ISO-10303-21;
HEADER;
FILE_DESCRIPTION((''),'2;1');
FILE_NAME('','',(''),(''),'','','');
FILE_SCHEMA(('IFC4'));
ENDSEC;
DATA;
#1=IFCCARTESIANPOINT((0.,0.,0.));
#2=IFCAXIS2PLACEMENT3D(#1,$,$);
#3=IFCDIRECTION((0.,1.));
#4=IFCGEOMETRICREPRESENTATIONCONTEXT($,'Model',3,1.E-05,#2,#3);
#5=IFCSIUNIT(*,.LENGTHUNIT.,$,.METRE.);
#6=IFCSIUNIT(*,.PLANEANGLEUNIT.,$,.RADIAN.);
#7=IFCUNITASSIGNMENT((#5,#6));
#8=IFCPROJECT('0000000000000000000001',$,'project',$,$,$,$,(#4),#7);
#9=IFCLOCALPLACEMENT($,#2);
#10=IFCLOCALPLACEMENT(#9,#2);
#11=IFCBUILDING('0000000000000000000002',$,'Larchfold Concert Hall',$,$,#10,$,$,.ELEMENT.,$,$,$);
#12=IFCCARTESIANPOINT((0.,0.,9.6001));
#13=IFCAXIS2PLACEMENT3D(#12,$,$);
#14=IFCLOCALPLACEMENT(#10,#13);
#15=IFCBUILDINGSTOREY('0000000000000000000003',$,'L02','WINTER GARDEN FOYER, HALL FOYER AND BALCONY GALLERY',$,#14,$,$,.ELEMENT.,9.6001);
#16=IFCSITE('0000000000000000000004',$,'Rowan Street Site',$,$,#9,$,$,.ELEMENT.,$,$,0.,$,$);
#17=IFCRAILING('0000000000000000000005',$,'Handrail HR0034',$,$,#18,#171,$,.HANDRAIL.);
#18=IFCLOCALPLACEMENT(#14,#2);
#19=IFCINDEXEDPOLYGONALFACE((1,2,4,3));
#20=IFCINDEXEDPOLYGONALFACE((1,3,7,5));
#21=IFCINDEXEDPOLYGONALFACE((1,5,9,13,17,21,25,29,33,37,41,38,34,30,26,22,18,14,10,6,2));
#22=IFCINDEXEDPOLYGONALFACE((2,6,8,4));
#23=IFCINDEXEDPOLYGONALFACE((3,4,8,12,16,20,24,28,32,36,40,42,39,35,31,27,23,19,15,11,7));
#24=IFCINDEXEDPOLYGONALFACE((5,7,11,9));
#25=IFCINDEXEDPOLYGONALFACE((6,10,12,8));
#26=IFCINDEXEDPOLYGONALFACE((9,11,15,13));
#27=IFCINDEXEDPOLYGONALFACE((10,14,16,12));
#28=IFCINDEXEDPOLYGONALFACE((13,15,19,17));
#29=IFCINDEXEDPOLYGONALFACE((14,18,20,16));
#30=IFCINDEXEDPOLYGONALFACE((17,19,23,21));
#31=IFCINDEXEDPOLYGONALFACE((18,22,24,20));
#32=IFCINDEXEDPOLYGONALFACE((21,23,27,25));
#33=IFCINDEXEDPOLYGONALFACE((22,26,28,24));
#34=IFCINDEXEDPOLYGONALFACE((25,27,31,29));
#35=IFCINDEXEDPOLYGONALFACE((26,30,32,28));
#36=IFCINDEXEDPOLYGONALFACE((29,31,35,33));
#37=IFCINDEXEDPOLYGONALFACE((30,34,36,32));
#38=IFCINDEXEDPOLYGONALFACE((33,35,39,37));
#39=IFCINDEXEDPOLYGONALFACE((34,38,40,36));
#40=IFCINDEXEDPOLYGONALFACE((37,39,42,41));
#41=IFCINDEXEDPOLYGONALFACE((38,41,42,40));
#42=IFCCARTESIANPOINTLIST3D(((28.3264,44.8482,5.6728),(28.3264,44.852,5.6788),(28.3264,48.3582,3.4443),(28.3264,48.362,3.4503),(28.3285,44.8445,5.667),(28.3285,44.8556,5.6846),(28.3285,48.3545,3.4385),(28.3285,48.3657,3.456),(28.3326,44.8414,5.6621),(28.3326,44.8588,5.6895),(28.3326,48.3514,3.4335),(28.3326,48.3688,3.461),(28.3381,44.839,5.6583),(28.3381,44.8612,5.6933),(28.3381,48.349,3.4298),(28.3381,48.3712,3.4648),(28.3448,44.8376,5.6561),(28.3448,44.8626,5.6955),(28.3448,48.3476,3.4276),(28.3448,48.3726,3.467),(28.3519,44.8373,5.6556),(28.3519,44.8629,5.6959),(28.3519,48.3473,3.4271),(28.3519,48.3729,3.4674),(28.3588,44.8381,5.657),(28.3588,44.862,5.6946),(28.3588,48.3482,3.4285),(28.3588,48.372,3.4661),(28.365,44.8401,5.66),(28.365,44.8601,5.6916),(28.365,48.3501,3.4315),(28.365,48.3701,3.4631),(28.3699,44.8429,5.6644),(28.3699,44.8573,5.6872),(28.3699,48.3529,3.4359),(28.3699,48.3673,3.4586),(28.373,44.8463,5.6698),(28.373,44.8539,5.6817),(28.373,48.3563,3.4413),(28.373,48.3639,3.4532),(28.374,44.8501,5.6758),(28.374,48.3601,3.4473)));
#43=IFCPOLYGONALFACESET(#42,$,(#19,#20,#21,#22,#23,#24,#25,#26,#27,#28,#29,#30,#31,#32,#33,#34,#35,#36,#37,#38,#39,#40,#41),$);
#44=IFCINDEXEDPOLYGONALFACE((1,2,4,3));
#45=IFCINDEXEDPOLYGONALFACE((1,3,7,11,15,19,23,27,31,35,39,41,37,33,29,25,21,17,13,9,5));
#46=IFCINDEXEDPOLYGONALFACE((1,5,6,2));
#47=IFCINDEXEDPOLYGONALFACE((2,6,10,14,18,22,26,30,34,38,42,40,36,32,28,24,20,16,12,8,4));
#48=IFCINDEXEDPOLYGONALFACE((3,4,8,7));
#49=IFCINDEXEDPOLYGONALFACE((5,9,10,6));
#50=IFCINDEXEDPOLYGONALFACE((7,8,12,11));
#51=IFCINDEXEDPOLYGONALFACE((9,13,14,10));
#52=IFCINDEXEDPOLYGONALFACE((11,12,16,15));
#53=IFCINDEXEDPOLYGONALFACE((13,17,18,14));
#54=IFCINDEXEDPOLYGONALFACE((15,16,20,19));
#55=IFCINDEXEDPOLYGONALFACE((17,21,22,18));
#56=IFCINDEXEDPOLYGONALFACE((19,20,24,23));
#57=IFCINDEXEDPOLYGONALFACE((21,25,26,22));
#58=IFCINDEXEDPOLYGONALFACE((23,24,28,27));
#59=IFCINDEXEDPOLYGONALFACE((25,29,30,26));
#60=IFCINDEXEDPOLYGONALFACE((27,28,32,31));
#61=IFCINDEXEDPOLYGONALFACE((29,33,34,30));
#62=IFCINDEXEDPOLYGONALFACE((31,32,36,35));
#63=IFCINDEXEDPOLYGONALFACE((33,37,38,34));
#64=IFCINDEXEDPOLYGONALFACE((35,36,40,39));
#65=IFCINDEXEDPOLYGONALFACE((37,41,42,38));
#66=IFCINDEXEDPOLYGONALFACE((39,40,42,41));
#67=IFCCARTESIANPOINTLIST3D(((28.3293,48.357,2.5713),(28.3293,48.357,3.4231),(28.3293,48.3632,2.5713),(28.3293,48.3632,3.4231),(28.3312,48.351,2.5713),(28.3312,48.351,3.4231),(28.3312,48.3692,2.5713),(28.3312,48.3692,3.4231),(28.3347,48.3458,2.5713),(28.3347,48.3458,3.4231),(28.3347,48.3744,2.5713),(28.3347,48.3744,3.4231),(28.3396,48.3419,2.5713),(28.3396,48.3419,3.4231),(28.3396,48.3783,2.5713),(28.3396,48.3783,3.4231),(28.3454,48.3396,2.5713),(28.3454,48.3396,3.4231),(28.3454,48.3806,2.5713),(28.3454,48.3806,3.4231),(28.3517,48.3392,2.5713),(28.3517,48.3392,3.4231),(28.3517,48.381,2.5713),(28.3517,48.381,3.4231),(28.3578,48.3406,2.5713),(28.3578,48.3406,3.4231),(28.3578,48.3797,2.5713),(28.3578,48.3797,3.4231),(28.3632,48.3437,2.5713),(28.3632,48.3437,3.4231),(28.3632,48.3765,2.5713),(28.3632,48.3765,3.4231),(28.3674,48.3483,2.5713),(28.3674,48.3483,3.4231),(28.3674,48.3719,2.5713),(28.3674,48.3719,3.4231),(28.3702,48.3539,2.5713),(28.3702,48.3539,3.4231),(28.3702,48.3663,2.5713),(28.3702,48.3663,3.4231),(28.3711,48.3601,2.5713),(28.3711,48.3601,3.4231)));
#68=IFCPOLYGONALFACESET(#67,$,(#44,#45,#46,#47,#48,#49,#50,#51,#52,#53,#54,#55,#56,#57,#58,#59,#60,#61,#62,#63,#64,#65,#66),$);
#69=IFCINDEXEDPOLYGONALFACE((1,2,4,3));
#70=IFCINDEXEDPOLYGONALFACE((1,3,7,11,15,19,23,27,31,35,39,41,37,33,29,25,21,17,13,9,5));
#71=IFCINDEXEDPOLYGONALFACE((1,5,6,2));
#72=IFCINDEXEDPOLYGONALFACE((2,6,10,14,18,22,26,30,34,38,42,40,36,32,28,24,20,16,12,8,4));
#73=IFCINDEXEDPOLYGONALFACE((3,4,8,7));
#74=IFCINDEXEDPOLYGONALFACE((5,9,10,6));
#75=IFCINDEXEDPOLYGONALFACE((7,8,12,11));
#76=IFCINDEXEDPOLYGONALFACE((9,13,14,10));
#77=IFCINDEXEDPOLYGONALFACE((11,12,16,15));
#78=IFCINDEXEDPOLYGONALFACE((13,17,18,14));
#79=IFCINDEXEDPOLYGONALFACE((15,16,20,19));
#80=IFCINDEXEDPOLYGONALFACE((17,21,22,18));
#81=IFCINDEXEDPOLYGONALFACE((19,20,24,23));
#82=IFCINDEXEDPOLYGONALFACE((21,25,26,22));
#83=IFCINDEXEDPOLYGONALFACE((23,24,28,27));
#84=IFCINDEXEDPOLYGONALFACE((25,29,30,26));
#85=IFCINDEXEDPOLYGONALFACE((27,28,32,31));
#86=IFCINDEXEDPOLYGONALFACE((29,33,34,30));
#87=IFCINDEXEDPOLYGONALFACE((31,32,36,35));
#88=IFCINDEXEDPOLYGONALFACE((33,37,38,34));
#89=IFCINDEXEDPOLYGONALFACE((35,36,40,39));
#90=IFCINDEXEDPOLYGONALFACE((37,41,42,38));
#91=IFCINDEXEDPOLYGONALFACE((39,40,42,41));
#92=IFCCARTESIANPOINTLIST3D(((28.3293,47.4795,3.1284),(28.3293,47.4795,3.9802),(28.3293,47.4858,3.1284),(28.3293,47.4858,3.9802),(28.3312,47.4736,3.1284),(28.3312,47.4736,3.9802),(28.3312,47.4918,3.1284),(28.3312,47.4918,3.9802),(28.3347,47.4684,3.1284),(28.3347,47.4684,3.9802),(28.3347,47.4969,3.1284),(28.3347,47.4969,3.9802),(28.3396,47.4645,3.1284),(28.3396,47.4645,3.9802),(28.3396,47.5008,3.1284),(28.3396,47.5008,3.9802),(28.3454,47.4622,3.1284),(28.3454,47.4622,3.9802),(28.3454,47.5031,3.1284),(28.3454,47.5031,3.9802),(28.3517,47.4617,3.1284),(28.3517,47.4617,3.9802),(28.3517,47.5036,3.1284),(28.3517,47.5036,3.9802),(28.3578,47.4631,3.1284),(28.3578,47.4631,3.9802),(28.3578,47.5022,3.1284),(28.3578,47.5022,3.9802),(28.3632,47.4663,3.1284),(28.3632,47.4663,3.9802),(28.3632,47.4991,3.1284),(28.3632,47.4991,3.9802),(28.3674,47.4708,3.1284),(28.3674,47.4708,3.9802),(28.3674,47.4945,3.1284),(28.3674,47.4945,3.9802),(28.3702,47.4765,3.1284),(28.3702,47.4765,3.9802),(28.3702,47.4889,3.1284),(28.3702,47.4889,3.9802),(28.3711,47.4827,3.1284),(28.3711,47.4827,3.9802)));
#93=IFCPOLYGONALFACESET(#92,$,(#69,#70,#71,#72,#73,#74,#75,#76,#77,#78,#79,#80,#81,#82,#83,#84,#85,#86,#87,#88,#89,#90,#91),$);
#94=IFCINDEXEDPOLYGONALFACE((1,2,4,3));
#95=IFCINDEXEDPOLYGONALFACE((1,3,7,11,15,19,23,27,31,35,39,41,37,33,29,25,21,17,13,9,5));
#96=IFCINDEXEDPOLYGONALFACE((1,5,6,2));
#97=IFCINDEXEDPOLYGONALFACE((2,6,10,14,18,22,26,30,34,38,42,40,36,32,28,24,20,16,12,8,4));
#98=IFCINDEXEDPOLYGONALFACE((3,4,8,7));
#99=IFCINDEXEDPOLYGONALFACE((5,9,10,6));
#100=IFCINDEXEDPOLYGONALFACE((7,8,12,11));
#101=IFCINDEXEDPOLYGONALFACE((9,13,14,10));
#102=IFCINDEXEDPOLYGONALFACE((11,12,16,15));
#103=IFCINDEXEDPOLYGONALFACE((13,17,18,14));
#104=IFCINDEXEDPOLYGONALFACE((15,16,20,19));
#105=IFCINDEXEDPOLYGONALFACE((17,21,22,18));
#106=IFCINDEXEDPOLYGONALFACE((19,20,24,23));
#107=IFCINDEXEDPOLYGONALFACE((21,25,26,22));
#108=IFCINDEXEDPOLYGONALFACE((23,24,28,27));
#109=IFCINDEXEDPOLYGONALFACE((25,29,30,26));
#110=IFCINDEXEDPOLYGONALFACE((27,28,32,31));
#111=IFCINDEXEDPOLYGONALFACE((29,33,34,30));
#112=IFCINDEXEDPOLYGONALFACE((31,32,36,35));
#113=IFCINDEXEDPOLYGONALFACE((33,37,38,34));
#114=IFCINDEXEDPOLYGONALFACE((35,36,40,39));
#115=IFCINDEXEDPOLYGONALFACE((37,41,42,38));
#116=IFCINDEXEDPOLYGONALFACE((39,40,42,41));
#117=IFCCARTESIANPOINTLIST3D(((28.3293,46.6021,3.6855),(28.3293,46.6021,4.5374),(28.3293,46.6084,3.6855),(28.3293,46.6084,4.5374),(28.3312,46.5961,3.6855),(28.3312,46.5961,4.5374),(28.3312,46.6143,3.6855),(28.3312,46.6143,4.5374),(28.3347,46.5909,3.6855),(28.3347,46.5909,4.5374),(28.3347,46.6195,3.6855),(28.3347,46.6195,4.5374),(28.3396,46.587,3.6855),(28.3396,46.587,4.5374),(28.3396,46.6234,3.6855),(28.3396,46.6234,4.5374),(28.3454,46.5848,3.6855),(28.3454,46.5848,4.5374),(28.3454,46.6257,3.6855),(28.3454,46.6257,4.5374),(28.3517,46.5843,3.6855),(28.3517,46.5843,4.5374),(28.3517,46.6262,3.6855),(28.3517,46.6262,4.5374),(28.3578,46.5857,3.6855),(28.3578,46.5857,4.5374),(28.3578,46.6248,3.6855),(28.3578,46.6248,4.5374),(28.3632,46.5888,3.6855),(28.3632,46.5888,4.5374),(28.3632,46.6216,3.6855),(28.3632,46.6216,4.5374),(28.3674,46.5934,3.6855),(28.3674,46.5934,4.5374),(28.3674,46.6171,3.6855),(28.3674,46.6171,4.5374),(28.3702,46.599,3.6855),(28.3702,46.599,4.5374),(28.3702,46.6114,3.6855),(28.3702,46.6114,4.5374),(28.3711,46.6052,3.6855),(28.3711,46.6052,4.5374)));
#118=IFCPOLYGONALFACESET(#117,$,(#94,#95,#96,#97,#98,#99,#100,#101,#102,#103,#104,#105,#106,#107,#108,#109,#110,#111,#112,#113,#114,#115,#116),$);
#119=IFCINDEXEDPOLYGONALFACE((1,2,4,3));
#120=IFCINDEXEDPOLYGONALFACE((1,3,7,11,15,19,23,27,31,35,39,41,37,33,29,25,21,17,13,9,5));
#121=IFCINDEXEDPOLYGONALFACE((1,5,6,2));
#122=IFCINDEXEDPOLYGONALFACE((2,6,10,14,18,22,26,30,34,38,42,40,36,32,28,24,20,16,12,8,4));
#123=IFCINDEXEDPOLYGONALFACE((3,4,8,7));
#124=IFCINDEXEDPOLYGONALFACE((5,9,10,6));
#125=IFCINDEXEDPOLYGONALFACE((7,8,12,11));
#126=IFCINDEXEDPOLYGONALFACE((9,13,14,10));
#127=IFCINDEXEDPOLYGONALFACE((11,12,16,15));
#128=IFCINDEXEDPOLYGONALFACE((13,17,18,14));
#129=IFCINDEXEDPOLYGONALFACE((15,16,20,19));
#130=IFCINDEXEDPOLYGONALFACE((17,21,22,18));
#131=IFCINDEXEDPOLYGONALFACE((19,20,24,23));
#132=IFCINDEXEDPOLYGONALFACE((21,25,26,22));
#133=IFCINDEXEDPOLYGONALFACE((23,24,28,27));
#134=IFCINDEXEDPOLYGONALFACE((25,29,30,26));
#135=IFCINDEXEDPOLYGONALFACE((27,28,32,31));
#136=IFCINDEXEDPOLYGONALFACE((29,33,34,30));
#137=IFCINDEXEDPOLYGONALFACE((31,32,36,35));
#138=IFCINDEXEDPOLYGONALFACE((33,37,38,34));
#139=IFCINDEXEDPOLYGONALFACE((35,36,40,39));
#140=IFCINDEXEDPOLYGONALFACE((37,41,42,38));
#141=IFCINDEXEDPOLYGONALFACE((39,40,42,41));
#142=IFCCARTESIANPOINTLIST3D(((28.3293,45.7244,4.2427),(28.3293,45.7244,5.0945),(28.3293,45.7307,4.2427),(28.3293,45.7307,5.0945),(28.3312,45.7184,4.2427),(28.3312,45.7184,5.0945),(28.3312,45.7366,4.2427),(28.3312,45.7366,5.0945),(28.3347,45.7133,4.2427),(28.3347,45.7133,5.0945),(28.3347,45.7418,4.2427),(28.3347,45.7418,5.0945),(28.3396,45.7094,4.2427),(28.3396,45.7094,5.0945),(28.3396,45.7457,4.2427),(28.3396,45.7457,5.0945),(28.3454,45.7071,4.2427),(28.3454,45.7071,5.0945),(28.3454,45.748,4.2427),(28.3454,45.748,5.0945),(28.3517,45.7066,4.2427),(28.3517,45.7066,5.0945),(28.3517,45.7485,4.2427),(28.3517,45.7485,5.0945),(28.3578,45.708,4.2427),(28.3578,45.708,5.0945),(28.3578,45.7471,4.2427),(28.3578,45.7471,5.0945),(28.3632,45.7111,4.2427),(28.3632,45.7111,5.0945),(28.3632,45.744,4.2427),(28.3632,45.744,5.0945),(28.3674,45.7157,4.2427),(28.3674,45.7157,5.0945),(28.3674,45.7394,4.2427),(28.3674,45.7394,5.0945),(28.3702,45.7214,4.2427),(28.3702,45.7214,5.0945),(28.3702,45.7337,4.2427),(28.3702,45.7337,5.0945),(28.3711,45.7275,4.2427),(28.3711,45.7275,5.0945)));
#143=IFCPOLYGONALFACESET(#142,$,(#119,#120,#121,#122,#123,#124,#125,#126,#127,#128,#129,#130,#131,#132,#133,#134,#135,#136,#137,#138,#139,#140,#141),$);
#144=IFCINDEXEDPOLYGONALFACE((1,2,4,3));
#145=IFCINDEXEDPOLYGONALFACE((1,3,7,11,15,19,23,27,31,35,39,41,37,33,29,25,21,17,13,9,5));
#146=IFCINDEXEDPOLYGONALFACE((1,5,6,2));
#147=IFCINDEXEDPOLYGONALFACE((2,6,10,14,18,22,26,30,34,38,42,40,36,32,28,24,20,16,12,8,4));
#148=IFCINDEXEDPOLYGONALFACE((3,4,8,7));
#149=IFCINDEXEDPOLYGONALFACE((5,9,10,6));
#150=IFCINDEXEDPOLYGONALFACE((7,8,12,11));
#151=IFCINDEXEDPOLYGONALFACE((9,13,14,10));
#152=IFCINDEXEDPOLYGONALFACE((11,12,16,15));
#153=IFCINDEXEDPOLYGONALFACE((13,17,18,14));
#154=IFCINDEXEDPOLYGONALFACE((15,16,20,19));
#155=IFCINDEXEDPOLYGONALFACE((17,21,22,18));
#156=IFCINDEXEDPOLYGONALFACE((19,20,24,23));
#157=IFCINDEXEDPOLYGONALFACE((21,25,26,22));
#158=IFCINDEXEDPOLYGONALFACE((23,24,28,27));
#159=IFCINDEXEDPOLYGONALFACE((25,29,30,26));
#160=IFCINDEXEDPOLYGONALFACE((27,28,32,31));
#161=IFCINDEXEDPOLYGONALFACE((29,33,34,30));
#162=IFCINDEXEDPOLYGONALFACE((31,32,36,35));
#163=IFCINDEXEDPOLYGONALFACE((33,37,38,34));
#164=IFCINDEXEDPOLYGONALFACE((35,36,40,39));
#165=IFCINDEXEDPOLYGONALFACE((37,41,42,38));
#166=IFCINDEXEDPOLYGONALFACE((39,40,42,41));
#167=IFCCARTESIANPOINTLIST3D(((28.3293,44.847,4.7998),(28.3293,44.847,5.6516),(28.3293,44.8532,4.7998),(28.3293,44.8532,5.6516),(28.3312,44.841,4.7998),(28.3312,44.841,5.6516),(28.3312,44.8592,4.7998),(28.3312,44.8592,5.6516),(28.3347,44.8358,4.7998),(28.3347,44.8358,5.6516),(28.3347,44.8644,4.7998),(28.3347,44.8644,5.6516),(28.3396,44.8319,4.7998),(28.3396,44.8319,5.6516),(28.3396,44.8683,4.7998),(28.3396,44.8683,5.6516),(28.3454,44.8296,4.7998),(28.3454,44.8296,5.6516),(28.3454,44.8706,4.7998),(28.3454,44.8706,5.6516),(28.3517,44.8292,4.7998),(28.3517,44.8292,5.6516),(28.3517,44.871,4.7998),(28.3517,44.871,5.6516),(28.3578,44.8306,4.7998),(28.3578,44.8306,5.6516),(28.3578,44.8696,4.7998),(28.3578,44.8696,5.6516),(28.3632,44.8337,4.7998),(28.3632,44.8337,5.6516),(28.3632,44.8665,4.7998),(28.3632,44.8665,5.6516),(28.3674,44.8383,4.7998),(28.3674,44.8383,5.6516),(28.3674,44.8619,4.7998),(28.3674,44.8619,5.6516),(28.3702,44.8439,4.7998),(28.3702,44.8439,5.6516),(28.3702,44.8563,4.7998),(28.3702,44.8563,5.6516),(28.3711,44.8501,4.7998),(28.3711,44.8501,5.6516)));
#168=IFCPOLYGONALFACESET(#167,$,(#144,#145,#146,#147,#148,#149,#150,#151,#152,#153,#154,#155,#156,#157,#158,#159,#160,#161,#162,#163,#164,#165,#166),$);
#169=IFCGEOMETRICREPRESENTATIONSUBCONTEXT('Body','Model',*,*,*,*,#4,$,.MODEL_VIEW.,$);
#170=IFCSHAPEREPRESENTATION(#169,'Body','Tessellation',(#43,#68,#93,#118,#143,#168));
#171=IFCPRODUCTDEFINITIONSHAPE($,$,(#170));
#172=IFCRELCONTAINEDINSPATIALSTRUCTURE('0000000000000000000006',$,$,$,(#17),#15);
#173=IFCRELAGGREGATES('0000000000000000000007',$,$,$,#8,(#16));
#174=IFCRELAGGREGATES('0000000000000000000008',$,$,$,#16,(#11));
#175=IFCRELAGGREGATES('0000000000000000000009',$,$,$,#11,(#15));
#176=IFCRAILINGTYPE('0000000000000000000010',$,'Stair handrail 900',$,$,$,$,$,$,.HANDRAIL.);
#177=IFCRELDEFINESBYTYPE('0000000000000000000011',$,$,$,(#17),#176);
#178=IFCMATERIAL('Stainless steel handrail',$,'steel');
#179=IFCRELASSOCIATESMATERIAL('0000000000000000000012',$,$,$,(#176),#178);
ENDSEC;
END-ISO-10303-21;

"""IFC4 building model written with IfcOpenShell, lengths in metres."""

from ifc_helpers import new_model, si_unit, direction, frame, origin, origin_2d, place, context, subcontext, project, spatial, circle, extrude, material, type_object, element, save


model = new_model("IFC4")

# Units and contexts
model_context = context("Model", 3, precision=1e-05, world=origin(), true_north=direction((0.0, 1.0)))
body_context = subcontext(model_context, "Body", "Model", "MODEL_VIEW")
ifc_project = project(units=[si_unit("LENGTHUNIT", "METRE"), si_unit("PLANEANGLEUNIT", "RADIAN")], contexts=[model_context])

# Site, building, storey
site_placement = place(None, origin())
site = spatial("IfcSite", under=ifc_project, at=site_placement, Name="Rowan Street Site", CompositionType="ELEMENT", RefElevation=0.0)
building_placement = place(site_placement, origin())
building = spatial("IfcBuilding", under=site, at=building_placement, Name="Larchfold Concert Hall", CompositionType="ELEMENT")
storey_placement = place(building_placement, frame((0.0, 0.0, 9.6001)))
storey = spatial("IfcBuildingStorey", under=building, at=storey_placement, Name="L02", Description="WINTER GARDEN FOYER, HALL FOYER AND BALCONY GALLERY", CompositionType="ELEMENT", Elevation=9.6001)

# Railing
ifc_material_1 = material(Name="Stainless steel handrail", Category="steel")
railing_type_1 = type_object("IfcRailingType", Name="Stair handrail 900", PredefinedType="HANDRAIL", material=ifc_material_1)
railing_1_placement = place(storey_placement, frame((28.3501, 48.3601, 2.5713)))
element("IfcRailing", 1, at=railing_1_placement, inside=storey, type_object=railing_type_1, Name="Handrail HR0034", PredefinedType="HANDRAIL", context=body_context, shape_type="SweptSolid", body=[
    extrude(circle(Radius=0.0239, at=origin_2d()), frame((0.0, 0.0, 0.876), z_axis=(0.0, -0.84422, 0.535998), x_axis=(1.0, 0.0, 0.0)), (0.0, 0.0, 1.0), 4.1577),
    extrude(circle(Radius=0.021, at=origin_2d()), origin(), (0.0, 0.0, 1.0), 0.8518),
    extrude(circle(Radius=0.021, at=origin_2d()), frame((0.0, -0.8774, 0.5571)), (0.0, 0.0, 1.0), 0.8518),
    extrude(circle(Radius=0.021, at=origin_2d()), frame((0.0, -1.7549, 1.1143)), (0.0, 0.0, 1.0), 0.8518),
    extrude(circle(Radius=0.021, at=origin_2d()), frame((0.0, -2.6326, 1.6714)), (0.0, 0.0, 1.0), 0.8518),
    extrude(circle(Radius=0.021, at=origin_2d()), frame((0.0, -3.51, 2.2285)), (0.0, 0.0, 1.0), 0.8518),
])

save(model, "model.ifc")
